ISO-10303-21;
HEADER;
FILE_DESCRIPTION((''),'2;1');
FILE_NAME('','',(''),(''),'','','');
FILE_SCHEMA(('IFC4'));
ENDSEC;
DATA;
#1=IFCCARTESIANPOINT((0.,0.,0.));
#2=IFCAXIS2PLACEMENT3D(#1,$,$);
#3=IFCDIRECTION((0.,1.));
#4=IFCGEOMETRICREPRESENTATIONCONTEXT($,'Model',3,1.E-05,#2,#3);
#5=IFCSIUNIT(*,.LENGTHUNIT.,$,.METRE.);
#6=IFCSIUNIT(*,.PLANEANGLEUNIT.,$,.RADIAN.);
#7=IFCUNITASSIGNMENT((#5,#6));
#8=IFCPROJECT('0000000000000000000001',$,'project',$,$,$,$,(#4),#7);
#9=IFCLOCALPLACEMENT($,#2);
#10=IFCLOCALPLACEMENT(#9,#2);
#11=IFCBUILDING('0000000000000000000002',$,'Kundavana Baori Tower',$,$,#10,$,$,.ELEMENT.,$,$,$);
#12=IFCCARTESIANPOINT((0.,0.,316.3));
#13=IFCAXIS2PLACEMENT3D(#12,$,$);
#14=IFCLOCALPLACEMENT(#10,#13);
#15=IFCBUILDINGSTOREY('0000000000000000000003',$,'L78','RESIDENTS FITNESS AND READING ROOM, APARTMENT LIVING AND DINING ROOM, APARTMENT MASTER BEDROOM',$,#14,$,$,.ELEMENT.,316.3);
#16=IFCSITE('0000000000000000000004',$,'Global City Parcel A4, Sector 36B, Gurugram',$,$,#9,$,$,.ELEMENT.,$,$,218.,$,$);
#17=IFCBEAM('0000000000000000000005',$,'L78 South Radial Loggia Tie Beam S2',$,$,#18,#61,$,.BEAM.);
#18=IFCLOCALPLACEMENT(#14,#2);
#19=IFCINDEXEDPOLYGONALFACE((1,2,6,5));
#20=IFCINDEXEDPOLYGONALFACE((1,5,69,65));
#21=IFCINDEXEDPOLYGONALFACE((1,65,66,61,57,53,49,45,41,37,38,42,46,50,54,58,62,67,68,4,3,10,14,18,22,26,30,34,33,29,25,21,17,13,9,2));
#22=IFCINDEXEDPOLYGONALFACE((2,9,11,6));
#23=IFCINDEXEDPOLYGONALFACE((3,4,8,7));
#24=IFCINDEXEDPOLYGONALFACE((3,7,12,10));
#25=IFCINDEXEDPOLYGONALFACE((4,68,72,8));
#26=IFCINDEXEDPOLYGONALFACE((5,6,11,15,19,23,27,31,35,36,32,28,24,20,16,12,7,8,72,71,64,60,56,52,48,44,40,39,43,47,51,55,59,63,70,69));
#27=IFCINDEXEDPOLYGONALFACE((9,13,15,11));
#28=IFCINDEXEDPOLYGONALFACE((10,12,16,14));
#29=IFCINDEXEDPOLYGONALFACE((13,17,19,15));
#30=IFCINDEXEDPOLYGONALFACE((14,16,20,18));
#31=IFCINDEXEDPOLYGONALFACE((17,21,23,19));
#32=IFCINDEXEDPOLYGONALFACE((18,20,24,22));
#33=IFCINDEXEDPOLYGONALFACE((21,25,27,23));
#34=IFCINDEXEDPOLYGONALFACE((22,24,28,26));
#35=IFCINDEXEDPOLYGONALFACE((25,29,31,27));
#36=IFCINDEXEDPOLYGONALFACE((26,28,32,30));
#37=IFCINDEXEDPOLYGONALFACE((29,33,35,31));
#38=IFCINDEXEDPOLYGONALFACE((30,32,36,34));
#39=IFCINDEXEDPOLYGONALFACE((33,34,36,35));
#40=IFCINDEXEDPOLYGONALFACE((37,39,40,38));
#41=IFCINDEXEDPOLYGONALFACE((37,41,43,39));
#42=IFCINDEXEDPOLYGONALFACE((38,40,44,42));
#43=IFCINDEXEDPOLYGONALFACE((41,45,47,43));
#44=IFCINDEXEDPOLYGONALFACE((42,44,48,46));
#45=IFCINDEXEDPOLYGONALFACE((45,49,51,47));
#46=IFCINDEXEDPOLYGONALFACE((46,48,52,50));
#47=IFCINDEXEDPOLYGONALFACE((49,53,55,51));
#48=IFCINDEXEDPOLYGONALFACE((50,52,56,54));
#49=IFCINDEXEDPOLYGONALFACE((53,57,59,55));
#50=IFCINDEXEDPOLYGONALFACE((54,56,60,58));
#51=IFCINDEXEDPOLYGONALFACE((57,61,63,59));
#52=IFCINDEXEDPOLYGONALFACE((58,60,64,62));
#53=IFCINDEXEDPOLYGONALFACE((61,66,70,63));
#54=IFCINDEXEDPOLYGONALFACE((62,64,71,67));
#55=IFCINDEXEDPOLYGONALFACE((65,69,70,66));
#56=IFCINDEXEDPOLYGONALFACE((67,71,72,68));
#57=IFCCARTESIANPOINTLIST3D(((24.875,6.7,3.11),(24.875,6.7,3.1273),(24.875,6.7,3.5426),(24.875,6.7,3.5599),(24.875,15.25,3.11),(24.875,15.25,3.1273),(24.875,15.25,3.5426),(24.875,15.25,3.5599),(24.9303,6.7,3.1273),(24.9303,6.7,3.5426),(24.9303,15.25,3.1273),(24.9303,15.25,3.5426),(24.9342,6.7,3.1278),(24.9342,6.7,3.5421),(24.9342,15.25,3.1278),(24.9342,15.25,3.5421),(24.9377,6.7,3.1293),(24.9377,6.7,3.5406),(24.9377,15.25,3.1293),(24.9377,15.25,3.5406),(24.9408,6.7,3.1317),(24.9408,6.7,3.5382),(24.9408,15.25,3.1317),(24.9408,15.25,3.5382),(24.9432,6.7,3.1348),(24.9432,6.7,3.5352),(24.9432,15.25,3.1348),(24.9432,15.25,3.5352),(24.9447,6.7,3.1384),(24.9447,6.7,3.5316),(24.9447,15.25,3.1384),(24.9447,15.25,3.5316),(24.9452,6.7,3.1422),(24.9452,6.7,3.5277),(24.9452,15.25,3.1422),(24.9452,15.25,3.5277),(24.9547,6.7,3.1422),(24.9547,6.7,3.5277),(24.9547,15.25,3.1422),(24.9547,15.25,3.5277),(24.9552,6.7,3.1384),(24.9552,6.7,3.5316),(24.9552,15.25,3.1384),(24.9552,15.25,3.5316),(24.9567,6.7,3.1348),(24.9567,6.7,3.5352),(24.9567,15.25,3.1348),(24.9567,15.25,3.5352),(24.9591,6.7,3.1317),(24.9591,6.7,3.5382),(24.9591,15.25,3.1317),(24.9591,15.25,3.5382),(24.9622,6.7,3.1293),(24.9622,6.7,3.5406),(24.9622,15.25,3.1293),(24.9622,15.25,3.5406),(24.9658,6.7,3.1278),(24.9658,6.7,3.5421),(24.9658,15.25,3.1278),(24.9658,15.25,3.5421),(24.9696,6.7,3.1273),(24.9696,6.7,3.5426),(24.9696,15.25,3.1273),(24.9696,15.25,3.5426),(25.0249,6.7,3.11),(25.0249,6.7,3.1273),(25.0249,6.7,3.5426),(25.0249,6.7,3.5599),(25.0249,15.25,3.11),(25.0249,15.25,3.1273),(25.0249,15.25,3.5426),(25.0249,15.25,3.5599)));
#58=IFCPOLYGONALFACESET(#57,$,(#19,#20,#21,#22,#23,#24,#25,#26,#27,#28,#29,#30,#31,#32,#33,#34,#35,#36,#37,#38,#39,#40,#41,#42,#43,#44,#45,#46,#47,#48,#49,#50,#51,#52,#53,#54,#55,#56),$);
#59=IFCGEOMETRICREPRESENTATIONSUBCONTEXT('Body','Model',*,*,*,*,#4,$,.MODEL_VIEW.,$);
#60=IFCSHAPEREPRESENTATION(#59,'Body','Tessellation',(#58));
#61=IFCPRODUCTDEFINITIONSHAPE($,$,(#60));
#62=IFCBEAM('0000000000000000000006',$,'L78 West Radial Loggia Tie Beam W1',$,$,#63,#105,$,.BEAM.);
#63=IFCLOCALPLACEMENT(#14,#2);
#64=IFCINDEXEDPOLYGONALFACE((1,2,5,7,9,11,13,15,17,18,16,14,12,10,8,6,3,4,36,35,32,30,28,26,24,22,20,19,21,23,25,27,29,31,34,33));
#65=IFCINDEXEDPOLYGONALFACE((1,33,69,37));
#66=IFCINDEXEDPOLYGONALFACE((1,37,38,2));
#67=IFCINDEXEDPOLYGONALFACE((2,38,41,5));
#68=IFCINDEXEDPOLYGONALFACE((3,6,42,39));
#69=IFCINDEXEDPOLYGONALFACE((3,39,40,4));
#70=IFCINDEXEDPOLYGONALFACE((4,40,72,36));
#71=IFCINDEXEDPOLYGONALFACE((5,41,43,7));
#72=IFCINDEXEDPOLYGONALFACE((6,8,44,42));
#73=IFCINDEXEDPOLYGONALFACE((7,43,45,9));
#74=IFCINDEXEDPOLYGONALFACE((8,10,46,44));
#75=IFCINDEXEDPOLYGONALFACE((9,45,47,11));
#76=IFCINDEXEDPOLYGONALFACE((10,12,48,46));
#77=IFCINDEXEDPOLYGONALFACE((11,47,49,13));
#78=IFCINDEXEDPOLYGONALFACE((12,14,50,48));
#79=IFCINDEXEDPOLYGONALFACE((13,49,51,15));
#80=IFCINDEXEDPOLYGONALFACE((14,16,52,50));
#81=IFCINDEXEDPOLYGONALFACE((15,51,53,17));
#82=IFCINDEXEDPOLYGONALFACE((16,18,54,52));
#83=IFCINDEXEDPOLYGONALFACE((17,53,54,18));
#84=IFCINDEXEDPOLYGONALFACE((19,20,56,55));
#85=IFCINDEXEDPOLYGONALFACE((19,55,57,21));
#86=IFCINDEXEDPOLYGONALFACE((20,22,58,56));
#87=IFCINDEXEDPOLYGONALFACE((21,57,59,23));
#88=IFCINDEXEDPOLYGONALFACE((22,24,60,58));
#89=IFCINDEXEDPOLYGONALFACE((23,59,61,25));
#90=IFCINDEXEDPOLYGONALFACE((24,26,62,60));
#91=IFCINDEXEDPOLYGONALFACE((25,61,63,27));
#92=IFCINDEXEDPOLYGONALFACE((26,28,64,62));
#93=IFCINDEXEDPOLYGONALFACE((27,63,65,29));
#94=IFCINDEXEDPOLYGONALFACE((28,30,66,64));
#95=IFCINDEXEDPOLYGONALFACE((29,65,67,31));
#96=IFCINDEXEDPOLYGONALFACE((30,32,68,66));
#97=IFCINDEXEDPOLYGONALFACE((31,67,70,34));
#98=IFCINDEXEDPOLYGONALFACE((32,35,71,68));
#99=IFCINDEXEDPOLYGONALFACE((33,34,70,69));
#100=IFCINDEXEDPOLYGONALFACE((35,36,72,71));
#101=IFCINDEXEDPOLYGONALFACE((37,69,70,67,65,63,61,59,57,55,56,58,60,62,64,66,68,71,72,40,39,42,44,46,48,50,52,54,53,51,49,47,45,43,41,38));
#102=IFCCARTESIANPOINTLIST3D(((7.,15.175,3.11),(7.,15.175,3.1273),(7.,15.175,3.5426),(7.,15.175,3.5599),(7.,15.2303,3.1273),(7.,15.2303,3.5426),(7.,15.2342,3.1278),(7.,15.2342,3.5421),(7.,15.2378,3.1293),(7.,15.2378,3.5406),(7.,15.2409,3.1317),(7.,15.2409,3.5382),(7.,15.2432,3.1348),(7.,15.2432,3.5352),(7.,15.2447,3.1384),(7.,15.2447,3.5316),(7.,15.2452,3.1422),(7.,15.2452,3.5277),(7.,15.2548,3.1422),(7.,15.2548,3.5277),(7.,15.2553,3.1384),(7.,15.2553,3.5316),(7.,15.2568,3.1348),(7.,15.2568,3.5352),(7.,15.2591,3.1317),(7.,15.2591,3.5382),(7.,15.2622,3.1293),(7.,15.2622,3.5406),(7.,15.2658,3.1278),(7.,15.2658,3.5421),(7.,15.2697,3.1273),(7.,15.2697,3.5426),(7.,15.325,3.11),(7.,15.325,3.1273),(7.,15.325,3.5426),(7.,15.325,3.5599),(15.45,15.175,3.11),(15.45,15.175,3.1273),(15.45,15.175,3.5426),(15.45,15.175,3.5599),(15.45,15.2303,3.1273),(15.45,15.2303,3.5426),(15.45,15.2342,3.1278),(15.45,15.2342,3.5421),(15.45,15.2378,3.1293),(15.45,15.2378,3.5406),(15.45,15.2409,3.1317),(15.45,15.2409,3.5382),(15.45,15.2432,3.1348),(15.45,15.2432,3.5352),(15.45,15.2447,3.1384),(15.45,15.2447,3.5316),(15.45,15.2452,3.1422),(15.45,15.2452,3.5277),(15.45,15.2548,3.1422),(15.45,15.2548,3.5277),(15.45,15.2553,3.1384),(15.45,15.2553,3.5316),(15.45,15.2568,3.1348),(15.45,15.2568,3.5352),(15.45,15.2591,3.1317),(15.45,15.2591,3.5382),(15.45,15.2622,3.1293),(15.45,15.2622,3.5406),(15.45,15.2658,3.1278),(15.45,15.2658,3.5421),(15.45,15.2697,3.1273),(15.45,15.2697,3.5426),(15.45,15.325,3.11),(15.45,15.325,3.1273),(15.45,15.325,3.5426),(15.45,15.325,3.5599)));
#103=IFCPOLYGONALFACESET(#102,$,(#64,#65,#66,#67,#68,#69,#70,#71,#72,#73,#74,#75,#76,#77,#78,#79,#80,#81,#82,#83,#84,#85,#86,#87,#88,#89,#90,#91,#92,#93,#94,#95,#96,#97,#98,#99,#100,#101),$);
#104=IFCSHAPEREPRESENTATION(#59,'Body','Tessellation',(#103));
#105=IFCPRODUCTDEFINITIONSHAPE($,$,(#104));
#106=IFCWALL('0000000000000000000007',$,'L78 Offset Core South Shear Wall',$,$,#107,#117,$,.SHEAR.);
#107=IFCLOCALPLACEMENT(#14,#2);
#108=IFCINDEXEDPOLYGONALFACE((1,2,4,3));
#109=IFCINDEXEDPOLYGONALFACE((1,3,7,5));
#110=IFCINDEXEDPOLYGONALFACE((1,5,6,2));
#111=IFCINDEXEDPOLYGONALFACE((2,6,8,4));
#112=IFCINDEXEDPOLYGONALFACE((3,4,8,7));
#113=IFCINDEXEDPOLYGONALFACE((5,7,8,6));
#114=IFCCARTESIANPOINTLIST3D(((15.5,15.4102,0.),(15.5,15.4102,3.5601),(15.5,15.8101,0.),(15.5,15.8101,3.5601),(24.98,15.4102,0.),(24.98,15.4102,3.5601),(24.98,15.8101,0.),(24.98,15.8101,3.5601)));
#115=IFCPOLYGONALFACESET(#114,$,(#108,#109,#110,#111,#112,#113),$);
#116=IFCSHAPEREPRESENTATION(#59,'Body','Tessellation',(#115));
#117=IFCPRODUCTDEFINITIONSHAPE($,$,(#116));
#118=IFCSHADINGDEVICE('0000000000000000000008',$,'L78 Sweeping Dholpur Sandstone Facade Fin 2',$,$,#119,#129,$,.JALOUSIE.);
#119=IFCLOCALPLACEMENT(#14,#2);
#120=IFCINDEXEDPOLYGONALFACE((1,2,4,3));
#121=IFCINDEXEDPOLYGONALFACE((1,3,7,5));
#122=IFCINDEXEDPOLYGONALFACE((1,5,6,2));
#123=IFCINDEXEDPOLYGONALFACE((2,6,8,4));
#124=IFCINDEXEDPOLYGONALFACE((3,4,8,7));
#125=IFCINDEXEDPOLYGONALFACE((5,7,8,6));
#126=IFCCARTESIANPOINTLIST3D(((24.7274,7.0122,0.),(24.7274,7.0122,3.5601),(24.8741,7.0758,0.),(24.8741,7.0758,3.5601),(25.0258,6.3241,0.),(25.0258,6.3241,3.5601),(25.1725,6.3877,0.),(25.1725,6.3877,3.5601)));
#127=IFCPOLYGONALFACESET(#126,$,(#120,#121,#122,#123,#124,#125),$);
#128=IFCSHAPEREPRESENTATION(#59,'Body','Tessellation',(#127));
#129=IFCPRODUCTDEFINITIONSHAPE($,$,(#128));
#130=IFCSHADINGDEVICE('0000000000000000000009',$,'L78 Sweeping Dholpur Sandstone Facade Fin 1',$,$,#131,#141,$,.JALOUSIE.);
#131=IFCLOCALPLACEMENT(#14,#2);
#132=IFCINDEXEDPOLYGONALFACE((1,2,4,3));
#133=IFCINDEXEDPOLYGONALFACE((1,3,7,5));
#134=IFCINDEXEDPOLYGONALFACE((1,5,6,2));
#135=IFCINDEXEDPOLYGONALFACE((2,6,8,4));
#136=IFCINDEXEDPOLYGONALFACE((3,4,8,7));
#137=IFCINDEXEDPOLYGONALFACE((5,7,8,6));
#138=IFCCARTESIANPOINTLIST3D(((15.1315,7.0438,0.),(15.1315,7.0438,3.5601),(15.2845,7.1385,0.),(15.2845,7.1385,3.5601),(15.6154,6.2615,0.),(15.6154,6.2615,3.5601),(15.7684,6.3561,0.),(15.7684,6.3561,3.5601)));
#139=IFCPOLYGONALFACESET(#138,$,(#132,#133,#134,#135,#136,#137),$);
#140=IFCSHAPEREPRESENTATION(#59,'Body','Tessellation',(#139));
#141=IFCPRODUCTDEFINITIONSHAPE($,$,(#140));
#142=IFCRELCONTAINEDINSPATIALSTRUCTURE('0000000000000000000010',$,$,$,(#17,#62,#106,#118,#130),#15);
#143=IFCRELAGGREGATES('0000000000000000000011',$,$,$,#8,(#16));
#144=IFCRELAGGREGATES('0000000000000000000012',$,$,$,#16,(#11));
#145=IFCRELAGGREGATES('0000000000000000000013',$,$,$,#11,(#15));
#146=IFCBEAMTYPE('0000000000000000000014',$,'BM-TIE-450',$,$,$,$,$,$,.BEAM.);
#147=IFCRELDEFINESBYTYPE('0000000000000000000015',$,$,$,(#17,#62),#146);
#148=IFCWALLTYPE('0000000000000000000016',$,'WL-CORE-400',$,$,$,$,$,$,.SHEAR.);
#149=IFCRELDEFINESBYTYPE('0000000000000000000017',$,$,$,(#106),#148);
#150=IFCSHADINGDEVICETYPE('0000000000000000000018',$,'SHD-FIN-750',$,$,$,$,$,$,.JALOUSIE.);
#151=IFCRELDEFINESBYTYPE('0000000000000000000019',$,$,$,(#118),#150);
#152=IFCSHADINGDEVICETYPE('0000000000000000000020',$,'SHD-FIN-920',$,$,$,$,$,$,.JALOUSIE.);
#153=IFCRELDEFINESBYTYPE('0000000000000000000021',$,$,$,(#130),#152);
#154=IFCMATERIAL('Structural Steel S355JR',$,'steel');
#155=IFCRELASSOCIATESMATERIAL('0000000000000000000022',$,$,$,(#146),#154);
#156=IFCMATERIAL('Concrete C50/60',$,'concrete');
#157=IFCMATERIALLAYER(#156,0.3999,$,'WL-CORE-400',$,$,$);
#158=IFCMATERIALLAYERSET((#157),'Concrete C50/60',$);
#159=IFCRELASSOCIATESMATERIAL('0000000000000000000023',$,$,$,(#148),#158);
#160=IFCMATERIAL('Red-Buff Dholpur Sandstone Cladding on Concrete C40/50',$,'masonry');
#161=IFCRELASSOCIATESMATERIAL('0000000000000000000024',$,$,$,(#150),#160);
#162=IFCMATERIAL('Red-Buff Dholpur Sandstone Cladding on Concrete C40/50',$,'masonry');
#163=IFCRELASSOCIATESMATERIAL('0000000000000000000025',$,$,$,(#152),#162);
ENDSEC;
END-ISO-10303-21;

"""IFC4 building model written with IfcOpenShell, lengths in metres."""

from ifc_helpers import new_model, si_unit, direction, frame, frame_2d, origin, origin_2d, place, context, subcontext, project, spatial, rectangle, i_section, extrude, material, layer, layer_set, material_profile, profile_set, type_object, element, save


model = new_model("IFC4")

# Units and contexts
model_context = context("Model", 3, precision=1e-05, world=origin(), true_north=direction((0.0, 1.0)))
body_context = subcontext(model_context, "Body", "Model", "MODEL_VIEW")
ifc_project = project(units=[si_unit("LENGTHUNIT", "METRE"), si_unit("PLANEANGLEUNIT", "RADIAN")], contexts=[model_context])

# Site, building, storey
site_placement = place(None, origin())
site = spatial("IfcSite", under=ifc_project, at=site_placement, Name="Global City Parcel A4, Sector 36B, Gurugram", CompositionType="ELEMENT", RefElevation=218.0)
building_placement = place(site_placement, origin())
building = spatial("IfcBuilding", under=site, at=building_placement, Name="Kundavana Baori Tower", CompositionType="ELEMENT")
storey_placement = place(building_placement, frame((0.0, 0.0, 316.3)))
storey = spatial("IfcBuildingStorey", under=building, at=storey_placement, Name="L78", Description="RESIDENTS FITNESS AND READING ROOM, APARTMENT LIVING AND DINING ROOM, APARTMENT MASTER BEDROOM", CompositionType="ELEMENT", Elevation=316.3)

# Beams
ifc_material_1 = material(Name="Structural Steel S355JR", Category="steel")
ifc_material_profile_1 = material_profile(ifc_material_1, i_section(OverallWidth=0.1499, OverallDepth=0.45, WebThickness=0.0095, FlangeThickness=0.0173, FilletRadius=0.0149, at=origin_2d()), Name="ISMB 450")
ifc_profile_set_1 = profile_set([ifc_material_profile_1], Name="Structural Steel S355JR")
beam_type_1 = type_object("IfcBeamType", Name="BM-TIE-450", PredefinedType="BEAM", material=ifc_profile_set_1)
for number, where, z_axis, x_axis, name in (
    (1, (24.95, 15.25, 3.335), (0.0, -1.0, 0.0), (1.0, 0.0, 0.0), "L78 South Radial Loggia Tie Beam S2"),
):
    element("IfcBeam", number, at=place(storey_placement, frame(where, z_axis=z_axis, x_axis=x_axis)), inside=storey, type_object=beam_type_1, Name=name, PredefinedType="BEAM", context=body_context, shape_type="SweptSolid", body=[
        extrude(i_section(OverallWidth=0.1499, OverallDepth=0.45, WebThickness=0.0095, FlangeThickness=0.0173, FilletRadius=0.0149, at=origin_2d()), origin(), (0.0, 0.0, 1.0), 8.55),
    ])
beam_1_placement = place(storey_placement, frame((15.45, 15.25, 3.335), z_axis=(-1.0, 0.0, 0.0), x_axis=(0.0, -1.0, 0.0)))
element("IfcBeam", 2, at=beam_1_placement, inside=storey, type_object=beam_type_1, Name="L78 West Radial Loggia Tie Beam W1", PredefinedType="BEAM", context=body_context, shape_type="SweptSolid", body=[
    extrude(i_section(OverallWidth=0.1499, OverallDepth=0.45, WebThickness=0.0095, FlangeThickness=0.0173, FilletRadius=0.0149, at=origin_2d()), origin(), (0.0, 0.0, 1.0), 8.45),
])

# Wall
ifc_material_2 = material(Name="Concrete C50/60", Category="concrete")
ifc_layer = layer(ifc_material_2, 0.3999, Name="WL-CORE-400")
ifc_layer_set = layer_set([ifc_layer], Name="Concrete C50/60")
wall_type = type_object("IfcWallType", Name="WL-CORE-400", PredefinedType="SHEAR", material=ifc_layer_set)
wall_placement = place(storey_placement, frame((15.5, 15.6101, 0.0), z_axis=(0.0, 0.0, 1.0), x_axis=(1.0, 0.0, 0.0)))
element("IfcWall", 3, at=wall_placement, inside=storey, type_object=wall_type, Name="L78 Offset Core South Shear Wall", PredefinedType="SHEAR", context=body_context, shape_type="SweptSolid", body=[
    extrude(rectangle(XDim=9.48, YDim=0.3999, at=frame_2d((4.74, 0.0))), origin(), (0.0, 0.0, 1.0), 3.5601),
])

# Shading devices
ifc_material_3 = material(Name="Red-Buff Dholpur Sandstone Cladding on Concrete C40/50", Category="masonry")
shading_device_type_1 = type_object("IfcShadingDeviceType", Name="SHD-FIN-750", PredefinedType="JALOUSIE", material=ifc_material_3)
shading_device_1_placement = place(storey_placement, frame((24.95, 6.7, 0.0), z_axis=(0.0, 0.0, 1.0), x_axis=(0.917408, 0.397949, 0.0)))
element("IfcShadingDevice", 4, at=shading_device_1_placement, inside=storey, type_object=shading_device_type_1, Name="L78 Sweeping Dholpur Sandstone Facade Fin 2", PredefinedType="JALOUSIE", context=body_context, shape_type="SweptSolid", body=[
    extrude(rectangle(XDim=0.1599, YDim=0.75, at=origin_2d()), origin(), (0.0, 0.0, 1.0), 3.5601),
])
ifc_material_4 = material(Name="Red-Buff Dholpur Sandstone Cladding on Concrete C40/50", Category="masonry")
shading_device_type_2 = type_object("IfcShadingDeviceType", Name="SHD-FIN-920", PredefinedType="JALOUSIE", material=ifc_material_4)
shading_device_2_placement = place(storey_placement, frame((15.45, 6.7, 0.0), z_axis=(0.0, 0.0, 1.0), x_axis=(0.850444, 0.526066, 0.0)))
element("IfcShadingDevice", 5, at=shading_device_2_placement, inside=storey, type_object=shading_device_type_2, Name="L78 Sweeping Dholpur Sandstone Facade Fin 1", PredefinedType="JALOUSIE", context=body_context, shape_type="SweptSolid", body=[
    extrude(rectangle(XDim=0.1799, YDim=0.9199, at=origin_2d()), origin(), (0.0, 0.0, 1.0), 3.5601),
])

save(model, "model.ifc")
